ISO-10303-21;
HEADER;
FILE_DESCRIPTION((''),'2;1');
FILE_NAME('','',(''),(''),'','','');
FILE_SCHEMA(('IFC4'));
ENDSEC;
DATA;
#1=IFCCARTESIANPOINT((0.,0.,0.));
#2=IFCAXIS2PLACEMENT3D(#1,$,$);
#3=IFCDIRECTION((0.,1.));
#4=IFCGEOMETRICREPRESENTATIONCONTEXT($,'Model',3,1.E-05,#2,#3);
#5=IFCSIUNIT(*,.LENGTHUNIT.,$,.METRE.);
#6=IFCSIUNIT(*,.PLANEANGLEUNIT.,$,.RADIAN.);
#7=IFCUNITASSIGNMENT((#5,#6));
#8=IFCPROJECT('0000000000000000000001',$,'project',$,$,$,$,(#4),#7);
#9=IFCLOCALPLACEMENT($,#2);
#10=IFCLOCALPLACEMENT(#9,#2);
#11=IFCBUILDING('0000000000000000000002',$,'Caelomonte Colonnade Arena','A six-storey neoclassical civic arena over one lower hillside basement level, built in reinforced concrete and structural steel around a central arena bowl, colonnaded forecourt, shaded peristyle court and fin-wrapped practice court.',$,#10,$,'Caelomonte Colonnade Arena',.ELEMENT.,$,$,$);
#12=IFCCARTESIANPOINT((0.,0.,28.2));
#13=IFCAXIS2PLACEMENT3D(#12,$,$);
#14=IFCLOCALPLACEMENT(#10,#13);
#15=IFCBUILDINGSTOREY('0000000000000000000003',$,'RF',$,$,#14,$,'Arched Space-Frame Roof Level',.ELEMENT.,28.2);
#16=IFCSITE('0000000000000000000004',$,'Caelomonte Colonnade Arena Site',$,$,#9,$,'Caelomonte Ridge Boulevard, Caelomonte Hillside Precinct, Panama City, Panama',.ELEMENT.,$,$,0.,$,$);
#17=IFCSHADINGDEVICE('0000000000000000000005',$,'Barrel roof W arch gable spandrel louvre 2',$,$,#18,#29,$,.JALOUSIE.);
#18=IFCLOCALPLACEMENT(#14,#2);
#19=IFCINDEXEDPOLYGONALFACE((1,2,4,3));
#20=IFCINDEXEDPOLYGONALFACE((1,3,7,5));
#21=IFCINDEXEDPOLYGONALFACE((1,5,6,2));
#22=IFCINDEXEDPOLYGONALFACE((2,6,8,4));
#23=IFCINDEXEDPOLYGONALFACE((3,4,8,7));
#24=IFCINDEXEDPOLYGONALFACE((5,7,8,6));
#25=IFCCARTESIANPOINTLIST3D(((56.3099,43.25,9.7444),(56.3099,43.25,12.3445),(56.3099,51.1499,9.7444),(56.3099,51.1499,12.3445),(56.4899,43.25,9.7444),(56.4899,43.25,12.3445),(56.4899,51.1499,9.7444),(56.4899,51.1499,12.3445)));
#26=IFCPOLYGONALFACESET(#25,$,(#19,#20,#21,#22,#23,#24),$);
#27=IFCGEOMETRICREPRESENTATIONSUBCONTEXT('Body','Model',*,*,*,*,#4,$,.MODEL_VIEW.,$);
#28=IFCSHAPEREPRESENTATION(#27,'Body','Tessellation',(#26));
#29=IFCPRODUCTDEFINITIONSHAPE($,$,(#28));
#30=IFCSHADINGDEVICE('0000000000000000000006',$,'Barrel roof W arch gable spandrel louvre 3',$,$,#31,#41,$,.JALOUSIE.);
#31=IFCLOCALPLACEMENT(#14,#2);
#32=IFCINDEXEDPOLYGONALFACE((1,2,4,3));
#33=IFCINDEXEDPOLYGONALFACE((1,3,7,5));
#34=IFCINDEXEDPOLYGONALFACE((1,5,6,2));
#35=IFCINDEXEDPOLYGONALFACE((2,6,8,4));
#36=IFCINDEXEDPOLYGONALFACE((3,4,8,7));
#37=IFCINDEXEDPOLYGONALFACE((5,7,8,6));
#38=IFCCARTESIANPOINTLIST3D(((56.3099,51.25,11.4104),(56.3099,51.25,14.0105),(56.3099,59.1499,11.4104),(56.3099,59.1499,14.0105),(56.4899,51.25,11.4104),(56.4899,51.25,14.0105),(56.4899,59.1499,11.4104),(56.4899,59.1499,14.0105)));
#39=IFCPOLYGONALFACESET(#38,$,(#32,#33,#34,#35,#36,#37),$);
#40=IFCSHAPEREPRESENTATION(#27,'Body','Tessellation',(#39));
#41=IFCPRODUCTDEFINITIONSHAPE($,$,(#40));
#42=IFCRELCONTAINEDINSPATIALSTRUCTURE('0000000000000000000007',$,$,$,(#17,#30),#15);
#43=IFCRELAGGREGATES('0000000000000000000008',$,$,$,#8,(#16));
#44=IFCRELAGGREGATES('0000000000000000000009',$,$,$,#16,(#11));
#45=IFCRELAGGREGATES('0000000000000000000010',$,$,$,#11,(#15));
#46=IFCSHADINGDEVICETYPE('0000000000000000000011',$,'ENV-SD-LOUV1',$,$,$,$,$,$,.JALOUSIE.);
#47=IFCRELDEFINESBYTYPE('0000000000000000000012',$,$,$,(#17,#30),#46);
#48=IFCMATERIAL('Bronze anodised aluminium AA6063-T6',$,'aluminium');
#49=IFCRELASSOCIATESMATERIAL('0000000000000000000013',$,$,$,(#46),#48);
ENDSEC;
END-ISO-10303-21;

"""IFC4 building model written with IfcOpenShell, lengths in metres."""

from ifc_helpers import new_model, si_unit, direction, frame, origin, origin_2d, place, context, subcontext, project, spatial, rectangle, extrude, material, type_object, element, save


model = new_model("IFC4")

# Units and contexts
model_context = context("Model", 3, precision=1e-05, world=origin(), true_north=direction((0.0, 1.0)))
body_context = subcontext(model_context, "Body", "Model", "MODEL_VIEW")
ifc_project = project(units=[si_unit("LENGTHUNIT", "METRE"), si_unit("PLANEANGLEUNIT", "RADIAN")], contexts=[model_context])

# Site, building, storey
site_placement = place(None, origin())
site = spatial("IfcSite", under=ifc_project, at=site_placement, Name="Caelomonte Colonnade Arena Site", LongName="Caelomonte Ridge Boulevard, Caelomonte Hillside Precinct, Panama City, Panama", CompositionType="ELEMENT", RefElevation=0.0)
building_placement = place(site_placement, origin())
building = spatial("IfcBuilding", under=site, at=building_placement, Name="Caelomonte Colonnade Arena", Description="A six-storey neoclassical civic arena over one lower hillside basement level, built in reinforced concrete and structural steel around a central arena bowl, colonnaded forecourt, shaded peristyle court and fin-wrapped practice court.", LongName="Caelomonte Colonnade Arena", CompositionType="ELEMENT")
storey_placement = place(building_placement, frame((0.0, 0.0, 28.2)))
storey = spatial("IfcBuildingStorey", under=building, at=storey_placement, Name="RF", LongName="Arched Space-Frame Roof Level", CompositionType="ELEMENT", Elevation=28.2)

# Shared definitions
ifc_material_1 = material(Name="Bronze anodised aluminium AA6063-T6", Category="aluminium")

# Shading devices
shading_device_type = type_object("IfcShadingDeviceType", Name="ENV-SD-LOUV1", PredefinedType="JALOUSIE", material=ifc_material_1)
for number, where, z_axis, x_axis, name in (
    (1, (56.3999, 47.2, 9.7444), (0.0, 0.0, 1.0), (1.0, 0.0, 0.0), "Barrel roof W arch gable spandrel louvre 2"),
    (2, (56.3999, 55.2, 11.4104), (0.0, 0.0, 1.0), (1.0, 0.0, 0.0), "Barrel roof W arch gable spandrel louvre 3"),
):
    element("IfcShadingDevice", number, at=place(storey_placement, frame(where, z_axis=z_axis, x_axis=x_axis)), inside=storey, type_object=shading_device_type, Name=name, PredefinedType="JALOUSIE", context=body_context, shape_type="SweptSolid", body=[
        extrude(rectangle(XDim=0.1799, YDim=7.8999, at=origin_2d()), origin(), (0.0, 0.0, 1.0), 2.6001),
    ])

save(model, "model.ifc")
